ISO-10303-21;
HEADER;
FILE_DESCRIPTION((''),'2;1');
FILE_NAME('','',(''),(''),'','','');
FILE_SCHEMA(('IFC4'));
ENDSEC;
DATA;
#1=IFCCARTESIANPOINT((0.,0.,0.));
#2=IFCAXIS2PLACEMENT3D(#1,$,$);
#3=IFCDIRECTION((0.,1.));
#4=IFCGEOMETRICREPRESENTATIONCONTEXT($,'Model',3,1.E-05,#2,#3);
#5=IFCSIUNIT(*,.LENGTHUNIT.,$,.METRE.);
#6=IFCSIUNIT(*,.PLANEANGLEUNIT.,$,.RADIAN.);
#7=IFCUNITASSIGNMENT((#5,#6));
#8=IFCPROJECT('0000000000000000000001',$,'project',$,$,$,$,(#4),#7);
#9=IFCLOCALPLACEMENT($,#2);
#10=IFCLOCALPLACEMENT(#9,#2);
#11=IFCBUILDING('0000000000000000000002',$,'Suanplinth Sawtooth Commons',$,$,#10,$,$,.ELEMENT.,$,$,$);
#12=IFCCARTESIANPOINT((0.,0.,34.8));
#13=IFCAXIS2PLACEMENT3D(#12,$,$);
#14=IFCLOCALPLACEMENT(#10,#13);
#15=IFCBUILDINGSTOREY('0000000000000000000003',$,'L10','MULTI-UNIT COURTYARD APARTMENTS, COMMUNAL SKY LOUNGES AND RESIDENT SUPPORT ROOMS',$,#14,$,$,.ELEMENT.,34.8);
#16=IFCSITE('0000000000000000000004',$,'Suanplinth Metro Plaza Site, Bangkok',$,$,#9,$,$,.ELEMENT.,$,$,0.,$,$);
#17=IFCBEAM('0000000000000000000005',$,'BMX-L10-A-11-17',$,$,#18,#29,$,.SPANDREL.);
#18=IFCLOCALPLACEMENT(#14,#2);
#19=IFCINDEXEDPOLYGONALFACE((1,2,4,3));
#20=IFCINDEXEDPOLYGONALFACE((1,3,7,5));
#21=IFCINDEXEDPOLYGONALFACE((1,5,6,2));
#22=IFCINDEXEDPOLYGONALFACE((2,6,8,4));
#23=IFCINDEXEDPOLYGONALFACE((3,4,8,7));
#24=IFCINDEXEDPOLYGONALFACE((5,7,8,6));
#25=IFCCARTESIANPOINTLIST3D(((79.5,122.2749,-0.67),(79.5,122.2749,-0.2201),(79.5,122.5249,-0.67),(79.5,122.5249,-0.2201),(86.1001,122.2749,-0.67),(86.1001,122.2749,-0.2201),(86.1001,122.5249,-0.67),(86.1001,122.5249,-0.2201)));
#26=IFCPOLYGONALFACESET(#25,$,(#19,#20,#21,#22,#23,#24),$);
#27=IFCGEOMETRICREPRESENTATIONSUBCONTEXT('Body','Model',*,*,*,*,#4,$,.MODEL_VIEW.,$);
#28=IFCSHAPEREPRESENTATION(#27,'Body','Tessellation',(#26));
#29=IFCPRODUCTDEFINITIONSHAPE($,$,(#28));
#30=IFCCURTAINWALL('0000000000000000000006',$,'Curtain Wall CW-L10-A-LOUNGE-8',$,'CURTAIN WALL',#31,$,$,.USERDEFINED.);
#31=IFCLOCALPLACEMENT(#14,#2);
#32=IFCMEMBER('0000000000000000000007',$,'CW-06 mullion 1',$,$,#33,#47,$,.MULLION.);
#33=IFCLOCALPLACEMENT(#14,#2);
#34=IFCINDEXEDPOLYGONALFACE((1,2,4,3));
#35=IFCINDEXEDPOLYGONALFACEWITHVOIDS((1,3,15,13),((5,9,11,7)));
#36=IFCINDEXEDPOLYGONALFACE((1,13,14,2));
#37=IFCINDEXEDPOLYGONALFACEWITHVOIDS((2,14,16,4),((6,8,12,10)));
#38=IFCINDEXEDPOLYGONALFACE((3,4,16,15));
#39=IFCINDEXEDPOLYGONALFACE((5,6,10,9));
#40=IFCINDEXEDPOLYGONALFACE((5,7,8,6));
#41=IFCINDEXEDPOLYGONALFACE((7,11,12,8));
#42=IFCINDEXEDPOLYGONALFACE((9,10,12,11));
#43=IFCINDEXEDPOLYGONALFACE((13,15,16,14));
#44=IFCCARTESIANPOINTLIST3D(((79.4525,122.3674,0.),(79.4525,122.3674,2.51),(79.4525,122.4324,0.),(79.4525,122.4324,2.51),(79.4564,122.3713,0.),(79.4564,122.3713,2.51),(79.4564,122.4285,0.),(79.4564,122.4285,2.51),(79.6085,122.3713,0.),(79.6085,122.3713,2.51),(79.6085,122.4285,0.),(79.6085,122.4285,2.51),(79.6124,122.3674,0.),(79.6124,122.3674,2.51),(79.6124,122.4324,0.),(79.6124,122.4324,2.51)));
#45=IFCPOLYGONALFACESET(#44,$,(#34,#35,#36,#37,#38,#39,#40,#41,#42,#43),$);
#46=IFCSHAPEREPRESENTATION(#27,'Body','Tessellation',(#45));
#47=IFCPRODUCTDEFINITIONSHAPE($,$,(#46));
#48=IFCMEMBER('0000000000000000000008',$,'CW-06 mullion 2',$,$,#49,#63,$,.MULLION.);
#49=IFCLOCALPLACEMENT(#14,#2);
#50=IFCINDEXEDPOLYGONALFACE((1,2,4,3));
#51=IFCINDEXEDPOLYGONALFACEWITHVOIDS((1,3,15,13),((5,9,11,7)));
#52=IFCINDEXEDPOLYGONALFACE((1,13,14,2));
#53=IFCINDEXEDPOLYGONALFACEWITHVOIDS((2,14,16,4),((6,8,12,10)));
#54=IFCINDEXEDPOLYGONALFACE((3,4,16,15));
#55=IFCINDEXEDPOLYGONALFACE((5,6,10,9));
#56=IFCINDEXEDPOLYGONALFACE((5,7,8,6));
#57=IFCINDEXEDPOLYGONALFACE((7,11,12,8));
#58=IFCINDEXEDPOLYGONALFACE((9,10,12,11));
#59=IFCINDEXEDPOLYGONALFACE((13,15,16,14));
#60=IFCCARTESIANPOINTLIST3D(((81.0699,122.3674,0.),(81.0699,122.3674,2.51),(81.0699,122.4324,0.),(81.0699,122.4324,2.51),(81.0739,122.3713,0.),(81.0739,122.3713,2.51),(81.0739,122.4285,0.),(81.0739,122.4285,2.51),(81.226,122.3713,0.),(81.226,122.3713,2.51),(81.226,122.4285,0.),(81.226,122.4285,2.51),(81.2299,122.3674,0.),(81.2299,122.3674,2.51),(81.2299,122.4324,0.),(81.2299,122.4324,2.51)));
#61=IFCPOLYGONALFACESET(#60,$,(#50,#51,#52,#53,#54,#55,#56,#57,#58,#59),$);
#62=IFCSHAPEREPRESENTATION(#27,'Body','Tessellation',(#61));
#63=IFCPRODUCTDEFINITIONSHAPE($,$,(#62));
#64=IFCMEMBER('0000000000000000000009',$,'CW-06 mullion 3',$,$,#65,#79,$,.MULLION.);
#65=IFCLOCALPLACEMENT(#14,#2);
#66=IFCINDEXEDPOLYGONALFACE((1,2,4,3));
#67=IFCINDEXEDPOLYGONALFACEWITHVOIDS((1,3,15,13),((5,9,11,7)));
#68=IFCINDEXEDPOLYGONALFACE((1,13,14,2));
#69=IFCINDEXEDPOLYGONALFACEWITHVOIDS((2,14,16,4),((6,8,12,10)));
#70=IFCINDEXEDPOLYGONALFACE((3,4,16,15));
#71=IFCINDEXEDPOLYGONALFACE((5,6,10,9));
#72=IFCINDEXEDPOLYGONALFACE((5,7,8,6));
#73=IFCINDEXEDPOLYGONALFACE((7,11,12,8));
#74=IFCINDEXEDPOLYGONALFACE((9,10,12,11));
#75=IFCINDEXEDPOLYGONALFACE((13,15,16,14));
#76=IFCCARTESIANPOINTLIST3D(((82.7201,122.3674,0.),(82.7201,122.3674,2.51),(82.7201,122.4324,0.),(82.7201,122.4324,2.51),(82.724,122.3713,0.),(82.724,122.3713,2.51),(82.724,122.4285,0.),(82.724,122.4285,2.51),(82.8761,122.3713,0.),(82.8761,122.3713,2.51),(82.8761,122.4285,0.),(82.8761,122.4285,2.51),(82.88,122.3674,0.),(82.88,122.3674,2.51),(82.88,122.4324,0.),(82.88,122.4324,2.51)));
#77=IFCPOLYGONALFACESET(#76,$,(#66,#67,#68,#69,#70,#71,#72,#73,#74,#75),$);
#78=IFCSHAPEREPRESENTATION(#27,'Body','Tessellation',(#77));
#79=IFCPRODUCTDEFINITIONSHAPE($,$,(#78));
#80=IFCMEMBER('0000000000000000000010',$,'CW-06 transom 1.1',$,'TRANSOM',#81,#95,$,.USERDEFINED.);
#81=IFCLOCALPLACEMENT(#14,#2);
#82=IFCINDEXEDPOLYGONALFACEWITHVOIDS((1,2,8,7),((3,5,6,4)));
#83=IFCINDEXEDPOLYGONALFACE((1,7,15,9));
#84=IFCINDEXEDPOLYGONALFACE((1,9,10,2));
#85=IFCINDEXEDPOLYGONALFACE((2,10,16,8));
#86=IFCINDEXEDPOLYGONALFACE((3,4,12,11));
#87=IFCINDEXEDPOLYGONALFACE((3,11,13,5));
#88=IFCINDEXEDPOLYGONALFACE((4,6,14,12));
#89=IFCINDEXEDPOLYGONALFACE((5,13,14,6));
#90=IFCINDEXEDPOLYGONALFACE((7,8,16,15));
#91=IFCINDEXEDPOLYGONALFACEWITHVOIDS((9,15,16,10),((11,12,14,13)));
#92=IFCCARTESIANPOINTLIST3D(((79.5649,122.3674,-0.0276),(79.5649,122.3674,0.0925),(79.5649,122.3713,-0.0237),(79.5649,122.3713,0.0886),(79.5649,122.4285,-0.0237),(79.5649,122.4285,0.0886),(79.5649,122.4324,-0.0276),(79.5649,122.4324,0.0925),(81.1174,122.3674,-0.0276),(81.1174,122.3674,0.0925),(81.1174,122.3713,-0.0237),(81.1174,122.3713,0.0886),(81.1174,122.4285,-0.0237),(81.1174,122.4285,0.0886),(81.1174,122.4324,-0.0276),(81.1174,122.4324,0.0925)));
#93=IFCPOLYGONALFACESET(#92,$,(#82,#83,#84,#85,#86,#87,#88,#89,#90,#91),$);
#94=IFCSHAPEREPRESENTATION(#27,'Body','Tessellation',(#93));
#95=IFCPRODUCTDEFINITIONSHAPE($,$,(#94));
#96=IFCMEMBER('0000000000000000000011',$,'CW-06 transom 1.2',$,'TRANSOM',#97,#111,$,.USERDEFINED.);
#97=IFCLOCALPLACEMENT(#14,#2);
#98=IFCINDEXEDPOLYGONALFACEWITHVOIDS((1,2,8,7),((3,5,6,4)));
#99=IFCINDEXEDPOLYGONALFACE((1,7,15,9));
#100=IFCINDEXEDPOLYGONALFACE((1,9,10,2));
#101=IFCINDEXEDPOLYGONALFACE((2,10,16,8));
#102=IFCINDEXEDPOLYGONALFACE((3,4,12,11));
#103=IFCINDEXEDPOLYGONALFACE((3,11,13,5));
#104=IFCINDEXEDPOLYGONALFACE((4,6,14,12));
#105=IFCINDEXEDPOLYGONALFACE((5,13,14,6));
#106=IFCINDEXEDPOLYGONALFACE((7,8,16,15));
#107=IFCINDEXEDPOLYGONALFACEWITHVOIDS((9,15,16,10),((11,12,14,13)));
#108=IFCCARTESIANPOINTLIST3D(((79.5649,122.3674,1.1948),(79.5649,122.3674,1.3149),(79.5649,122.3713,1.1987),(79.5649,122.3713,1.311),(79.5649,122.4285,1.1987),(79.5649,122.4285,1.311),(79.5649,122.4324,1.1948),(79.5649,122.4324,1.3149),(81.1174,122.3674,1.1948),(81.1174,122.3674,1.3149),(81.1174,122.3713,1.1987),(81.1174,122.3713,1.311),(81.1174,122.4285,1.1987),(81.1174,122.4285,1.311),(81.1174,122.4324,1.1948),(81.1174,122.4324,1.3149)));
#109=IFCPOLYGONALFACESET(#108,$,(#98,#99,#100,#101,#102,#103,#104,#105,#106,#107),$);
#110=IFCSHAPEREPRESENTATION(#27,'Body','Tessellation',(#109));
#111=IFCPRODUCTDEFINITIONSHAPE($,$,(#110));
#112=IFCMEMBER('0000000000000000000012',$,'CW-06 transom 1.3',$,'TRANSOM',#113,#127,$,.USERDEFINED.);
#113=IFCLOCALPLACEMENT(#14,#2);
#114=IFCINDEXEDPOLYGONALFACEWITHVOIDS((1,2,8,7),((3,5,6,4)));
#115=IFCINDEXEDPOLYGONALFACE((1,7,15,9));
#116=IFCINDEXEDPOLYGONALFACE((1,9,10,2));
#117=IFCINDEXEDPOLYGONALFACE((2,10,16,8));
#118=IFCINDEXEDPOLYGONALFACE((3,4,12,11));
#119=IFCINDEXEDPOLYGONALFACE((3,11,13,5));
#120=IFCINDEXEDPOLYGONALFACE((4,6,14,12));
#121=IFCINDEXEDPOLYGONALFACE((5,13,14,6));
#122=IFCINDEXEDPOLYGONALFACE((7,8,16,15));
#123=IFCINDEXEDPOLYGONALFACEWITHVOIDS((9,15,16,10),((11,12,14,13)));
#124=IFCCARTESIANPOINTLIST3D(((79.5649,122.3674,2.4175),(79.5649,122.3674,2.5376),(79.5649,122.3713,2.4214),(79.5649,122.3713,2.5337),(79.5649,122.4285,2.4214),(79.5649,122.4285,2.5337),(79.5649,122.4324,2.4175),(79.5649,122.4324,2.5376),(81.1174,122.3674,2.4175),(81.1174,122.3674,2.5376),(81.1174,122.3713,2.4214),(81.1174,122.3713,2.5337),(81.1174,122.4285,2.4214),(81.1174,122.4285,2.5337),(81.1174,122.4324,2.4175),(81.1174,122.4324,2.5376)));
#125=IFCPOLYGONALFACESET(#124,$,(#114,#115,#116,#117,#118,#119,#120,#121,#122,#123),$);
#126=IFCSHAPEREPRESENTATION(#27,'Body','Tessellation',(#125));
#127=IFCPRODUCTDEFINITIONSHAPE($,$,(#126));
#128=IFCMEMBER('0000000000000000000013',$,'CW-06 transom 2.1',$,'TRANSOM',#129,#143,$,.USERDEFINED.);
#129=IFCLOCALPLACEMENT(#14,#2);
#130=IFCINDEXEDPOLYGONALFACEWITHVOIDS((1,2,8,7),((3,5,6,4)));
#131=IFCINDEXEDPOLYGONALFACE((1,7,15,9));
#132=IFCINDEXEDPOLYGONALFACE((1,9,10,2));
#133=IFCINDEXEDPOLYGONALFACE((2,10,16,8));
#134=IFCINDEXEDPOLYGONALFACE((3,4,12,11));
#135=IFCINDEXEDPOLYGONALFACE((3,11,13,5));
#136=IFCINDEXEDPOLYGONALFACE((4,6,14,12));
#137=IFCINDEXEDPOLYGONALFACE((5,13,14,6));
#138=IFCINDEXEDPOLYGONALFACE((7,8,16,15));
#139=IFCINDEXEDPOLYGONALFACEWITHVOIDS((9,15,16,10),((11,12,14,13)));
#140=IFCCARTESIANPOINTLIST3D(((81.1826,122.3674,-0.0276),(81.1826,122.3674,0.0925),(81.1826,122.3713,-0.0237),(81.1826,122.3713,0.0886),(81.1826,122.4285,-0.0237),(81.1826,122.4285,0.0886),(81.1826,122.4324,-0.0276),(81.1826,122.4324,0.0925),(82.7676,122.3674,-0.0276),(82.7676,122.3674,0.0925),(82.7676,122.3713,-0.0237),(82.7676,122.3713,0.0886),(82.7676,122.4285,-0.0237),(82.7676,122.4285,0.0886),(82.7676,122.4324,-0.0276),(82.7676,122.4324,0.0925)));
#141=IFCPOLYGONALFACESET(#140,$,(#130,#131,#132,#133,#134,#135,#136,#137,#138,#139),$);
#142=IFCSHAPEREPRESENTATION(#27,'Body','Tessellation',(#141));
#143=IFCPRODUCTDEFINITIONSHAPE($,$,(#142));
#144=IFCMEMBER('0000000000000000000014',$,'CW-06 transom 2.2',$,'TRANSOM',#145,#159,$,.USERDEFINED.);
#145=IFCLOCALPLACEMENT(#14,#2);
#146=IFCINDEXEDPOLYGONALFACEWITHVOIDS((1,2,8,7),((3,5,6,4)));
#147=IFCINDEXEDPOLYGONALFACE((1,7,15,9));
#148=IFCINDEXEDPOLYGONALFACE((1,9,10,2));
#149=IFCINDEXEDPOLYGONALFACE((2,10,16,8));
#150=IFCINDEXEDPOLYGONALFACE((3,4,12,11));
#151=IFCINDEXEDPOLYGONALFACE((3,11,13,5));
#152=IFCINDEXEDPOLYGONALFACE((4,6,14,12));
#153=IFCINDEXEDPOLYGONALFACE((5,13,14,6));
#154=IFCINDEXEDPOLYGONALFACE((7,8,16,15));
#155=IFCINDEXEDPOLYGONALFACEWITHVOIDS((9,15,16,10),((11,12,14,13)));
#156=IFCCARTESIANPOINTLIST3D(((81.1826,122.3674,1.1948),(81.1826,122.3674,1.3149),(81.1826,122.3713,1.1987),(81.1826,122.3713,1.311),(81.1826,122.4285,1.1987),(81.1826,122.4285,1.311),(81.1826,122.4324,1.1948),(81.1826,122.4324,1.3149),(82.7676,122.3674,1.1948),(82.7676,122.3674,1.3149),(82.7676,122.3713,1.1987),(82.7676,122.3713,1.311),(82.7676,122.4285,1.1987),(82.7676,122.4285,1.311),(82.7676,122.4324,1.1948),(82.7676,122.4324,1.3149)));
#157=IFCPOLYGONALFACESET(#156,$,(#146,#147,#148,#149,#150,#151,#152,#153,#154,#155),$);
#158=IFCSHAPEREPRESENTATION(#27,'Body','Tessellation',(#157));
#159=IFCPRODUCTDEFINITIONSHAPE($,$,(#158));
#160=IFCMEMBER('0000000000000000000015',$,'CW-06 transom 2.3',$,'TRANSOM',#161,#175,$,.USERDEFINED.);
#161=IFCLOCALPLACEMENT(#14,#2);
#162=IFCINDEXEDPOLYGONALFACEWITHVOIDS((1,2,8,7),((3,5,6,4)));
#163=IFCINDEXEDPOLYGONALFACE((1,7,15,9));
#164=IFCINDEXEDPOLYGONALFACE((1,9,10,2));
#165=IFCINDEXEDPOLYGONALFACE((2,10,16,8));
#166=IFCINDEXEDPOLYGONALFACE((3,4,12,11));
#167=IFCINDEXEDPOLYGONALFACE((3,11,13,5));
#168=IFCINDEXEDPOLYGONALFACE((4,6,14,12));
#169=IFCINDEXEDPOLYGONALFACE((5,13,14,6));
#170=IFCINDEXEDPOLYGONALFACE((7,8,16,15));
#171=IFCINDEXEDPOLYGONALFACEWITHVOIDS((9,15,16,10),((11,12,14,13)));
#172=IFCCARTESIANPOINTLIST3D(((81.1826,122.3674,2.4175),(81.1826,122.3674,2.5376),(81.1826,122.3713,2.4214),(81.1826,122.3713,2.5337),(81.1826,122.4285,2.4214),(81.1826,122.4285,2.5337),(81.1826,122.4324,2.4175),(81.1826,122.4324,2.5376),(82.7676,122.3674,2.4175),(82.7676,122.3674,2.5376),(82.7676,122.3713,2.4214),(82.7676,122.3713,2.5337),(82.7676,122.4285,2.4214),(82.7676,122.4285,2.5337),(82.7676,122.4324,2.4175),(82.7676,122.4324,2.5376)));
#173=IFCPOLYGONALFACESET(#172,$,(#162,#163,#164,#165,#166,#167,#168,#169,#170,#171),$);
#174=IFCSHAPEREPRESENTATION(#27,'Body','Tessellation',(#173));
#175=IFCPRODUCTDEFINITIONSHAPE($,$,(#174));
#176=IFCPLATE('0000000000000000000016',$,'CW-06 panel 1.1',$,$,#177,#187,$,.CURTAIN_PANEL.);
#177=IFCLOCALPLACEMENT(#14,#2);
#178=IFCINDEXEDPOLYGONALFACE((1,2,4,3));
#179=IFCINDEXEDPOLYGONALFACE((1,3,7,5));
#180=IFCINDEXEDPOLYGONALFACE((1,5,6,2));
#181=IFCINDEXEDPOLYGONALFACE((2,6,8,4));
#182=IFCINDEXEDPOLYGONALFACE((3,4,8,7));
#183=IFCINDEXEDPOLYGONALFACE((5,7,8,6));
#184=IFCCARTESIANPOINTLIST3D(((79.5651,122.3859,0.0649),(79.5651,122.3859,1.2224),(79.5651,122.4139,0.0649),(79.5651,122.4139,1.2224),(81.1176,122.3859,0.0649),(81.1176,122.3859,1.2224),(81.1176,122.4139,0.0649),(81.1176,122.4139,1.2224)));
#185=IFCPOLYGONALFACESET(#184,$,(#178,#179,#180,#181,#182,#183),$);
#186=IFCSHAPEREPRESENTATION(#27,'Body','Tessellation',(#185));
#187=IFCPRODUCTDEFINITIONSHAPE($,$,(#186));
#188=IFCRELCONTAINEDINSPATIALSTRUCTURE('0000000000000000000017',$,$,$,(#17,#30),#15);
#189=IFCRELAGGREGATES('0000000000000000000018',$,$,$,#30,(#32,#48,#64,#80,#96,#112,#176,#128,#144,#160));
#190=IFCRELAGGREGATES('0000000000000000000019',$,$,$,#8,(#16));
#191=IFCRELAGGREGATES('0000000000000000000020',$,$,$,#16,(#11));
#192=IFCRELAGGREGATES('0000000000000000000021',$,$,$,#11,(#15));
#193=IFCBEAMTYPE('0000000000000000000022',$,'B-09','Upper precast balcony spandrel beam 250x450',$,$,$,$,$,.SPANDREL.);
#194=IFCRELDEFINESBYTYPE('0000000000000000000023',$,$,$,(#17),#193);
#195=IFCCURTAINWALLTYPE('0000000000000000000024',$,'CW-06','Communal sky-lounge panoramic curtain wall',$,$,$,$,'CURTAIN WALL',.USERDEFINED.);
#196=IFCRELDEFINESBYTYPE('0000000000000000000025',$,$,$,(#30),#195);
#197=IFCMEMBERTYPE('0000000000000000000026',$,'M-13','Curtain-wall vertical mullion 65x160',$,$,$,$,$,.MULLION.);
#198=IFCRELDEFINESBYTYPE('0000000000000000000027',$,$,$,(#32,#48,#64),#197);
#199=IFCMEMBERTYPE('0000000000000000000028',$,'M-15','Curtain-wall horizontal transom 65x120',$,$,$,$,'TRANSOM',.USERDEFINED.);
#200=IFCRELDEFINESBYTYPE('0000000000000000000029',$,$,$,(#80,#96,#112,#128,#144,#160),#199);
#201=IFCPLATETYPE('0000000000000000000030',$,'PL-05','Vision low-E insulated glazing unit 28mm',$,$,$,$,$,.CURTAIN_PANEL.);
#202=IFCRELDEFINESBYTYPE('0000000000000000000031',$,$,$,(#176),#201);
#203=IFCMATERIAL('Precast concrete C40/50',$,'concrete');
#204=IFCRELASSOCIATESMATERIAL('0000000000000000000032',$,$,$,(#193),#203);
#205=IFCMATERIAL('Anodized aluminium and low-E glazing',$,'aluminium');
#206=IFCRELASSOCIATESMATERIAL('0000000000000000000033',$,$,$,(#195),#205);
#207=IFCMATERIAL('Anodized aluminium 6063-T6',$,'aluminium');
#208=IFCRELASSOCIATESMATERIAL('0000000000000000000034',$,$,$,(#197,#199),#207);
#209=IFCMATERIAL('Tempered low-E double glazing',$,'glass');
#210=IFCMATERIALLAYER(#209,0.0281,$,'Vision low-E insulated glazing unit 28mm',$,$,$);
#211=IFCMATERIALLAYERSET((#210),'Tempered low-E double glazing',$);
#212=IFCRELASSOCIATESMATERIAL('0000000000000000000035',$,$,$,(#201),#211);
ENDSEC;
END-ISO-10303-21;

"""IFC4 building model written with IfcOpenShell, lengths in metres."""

from ifc_helpers import new_model, si_unit, direction, frame, origin, origin_2d, place, context, subcontext, project, spatial, rectangle, hollow_rectangle, extrude, material, layer, layer_set, material_profile, profile_set, type_object, element, aggregate, save


model = new_model("IFC4")

# Units and contexts
model_context = context("Model", 3, precision=1e-05, world=origin(), true_north=direction((0.0, 1.0)))
body_context = subcontext(model_context, "Body", "Model", "MODEL_VIEW")
ifc_project = project(units=[si_unit("LENGTHUNIT", "METRE"), si_unit("PLANEANGLEUNIT", "RADIAN")], contexts=[model_context])

# Site, building, storey
site_placement = place(None, origin())
site = spatial("IfcSite", under=ifc_project, at=site_placement, Name="Suanplinth Metro Plaza Site, Bangkok", CompositionType="ELEMENT", RefElevation=0.0)
building_placement = place(site_placement, origin())
building = spatial("IfcBuilding", under=site, at=building_placement, Name="Suanplinth Sawtooth Commons", CompositionType="ELEMENT")
storey_placement = place(building_placement, frame((0.0, 0.0, 34.8)))
storey = spatial("IfcBuildingStorey", under=building, at=storey_placement, Name="L10", Description="MULTI-UNIT COURTYARD APARTMENTS, COMMUNAL SKY LOUNGES AND RESIDENT SUPPORT ROOMS", CompositionType="ELEMENT", Elevation=34.8)

# Beam
ifc_material_1 = material(Name="Precast concrete C40/50", Category="concrete")
ifc_material_profile_1 = material_profile(ifc_material_1, rectangle(XDim=0.25, YDim=0.45, at=origin_2d()), Name="PC-SP 250x450")
ifc_profile_set_1 = profile_set([ifc_material_profile_1], Name="Precast concrete C40/50")
beam_type = type_object("IfcBeamType", Name="B-09", Description="Upper precast balcony spandrel beam 250x450", PredefinedType="SPANDREL", material=ifc_profile_set_1)
beam_placement = place(storey_placement, frame((79.5, 122.3999, -0.4451), z_axis=(1.0, 0.0, 0.0), x_axis=(0.0, 1.0, 0.0)))
element("IfcBeam", 1, at=beam_placement, inside=storey, type_object=beam_type, Name="BMX-L10-A-11-17", PredefinedType="SPANDREL", context=body_context, shape_type="SweptSolid", body=[
    extrude(rectangle(XDim=0.25, YDim=0.45, at=origin_2d()), origin(), (0.0, 0.0, 1.0), 6.6001),
])

# Curtain wall, members, plate
ifc_material_2 = material(Name="Anodized aluminium and low-E glazing", Category="aluminium")
curtain_wall_type = type_object("IfcCurtainWallType", Name="CW-06", Description="Communal sky-lounge panoramic curtain wall", ElementType="CURTAIN WALL", PredefinedType="USERDEFINED", material=ifc_material_2)
curtain_wall_placement = place(storey_placement, origin())
curtain_wall = element("IfcCurtainWall", 2, at=curtain_wall_placement, inside=storey, type_object=curtain_wall_type, Name="Curtain Wall CW-L10-A-LOUNGE-8", ObjectType="CURTAIN WALL", PredefinedType="USERDEFINED")
ifc_material_3 = material(Name="Anodized aluminium 6063-T6", Category="aluminium")
ifc_material_profile_2 = material_profile(ifc_material_3, hollow_rectangle(XDim=0.0649, YDim=0.1599, WallThickness=0.0039, at=origin_2d()), Name="ALU-MUL 65x160")
ifc_profile_set_2 = profile_set([ifc_material_profile_2], Name="Anodized aluminium 6063-T6")
member_type_1 = type_object("IfcMemberType", Name="M-13", Description="Curtain-wall vertical mullion 65x160", PredefinedType="MULLION", material=ifc_profile_set_2)
member_1_placement = place(storey_placement, frame((79.5325, 122.3999, 0.0), z_axis=(0.0, 0.0, 1.0), x_axis=(0.0, 1.0, 0.0)))
member_1 = element("IfcMember", 3, at=member_1_placement, type_object=member_type_1, Name="CW-06 mullion 1", PredefinedType="MULLION", context=body_context, shape_type="SweptSolid", body=[
    extrude(hollow_rectangle(XDim=0.0649, YDim=0.1599, WallThickness=0.0039, at=origin_2d()), origin(), (0.0, 0.0, 1.0), 2.51),
])
member_2_placement = place(storey_placement, frame((81.1499, 122.3999, 0.0), z_axis=(0.0, 0.0, 1.0), x_axis=(0.0, 1.0, 0.0)))
member_2 = element("IfcMember", 4, at=member_2_placement, type_object=member_type_1, Name="CW-06 mullion 2", PredefinedType="MULLION", context=body_context, shape_type="SweptSolid", body=[
    extrude(hollow_rectangle(XDim=0.0649, YDim=0.1599, WallThickness=0.0039, at=origin_2d()), origin(), (0.0, 0.0, 1.0), 2.51),
])
member_3_placement = place(storey_placement, frame((82.8, 122.3999, 0.0), z_axis=(0.0, 0.0, 1.0), x_axis=(0.0, 1.0, 0.0)))
member_3 = element("IfcMember", 5, at=member_3_placement, type_object=member_type_1, Name="CW-06 mullion 3", PredefinedType="MULLION", context=body_context, shape_type="SweptSolid", body=[
    extrude(hollow_rectangle(XDim=0.0649, YDim=0.1599, WallThickness=0.0039, at=origin_2d()), origin(), (0.0, 0.0, 1.0), 2.51),
])
ifc_material_profile_3 = material_profile(ifc_material_3, hollow_rectangle(XDim=0.0649, YDim=0.1201, WallThickness=0.0039, at=origin_2d()), Name="ALU-TRN 65x120")
ifc_profile_set_3 = profile_set([ifc_material_profile_3], Name="Anodized aluminium 6063-T6")
member_type_2 = type_object("IfcMemberType", Name="M-15", Description="Curtain-wall horizontal transom 65x120", ElementType="TRANSOM", PredefinedType="USERDEFINED", material=ifc_profile_set_3)
member_4_placement = place(storey_placement, frame((79.5649, 122.3999, 0.0325), z_axis=(1.0, 0.0, 0.0), x_axis=(0.0, 1.0, 0.0)))
member_4 = element("IfcMember", 6, at=member_4_placement, type_object=member_type_2, Name="CW-06 transom 1.1", ObjectType="TRANSOM", PredefinedType="USERDEFINED", context=body_context, shape_type="SweptSolid", body=[
    extrude(hollow_rectangle(XDim=0.0649, YDim=0.1201, WallThickness=0.0039, at=origin_2d()), origin(), (0.0, 0.0, 1.0), 1.5525),
])
member_5_placement = place(storey_placement, frame((79.5649, 122.3999, 1.2549), z_axis=(1.0, 0.0, 0.0), x_axis=(0.0, 1.0, 0.0)))
member_5 = element("IfcMember", 7, at=member_5_placement, type_object=member_type_2, Name="CW-06 transom 1.2", ObjectType="TRANSOM", PredefinedType="USERDEFINED", context=body_context, shape_type="SweptSolid", body=[
    extrude(hollow_rectangle(XDim=0.0649, YDim=0.1201, WallThickness=0.0039, at=origin_2d()), origin(), (0.0, 0.0, 1.0), 1.5525),
])
member_6_placement = place(storey_placement, frame((79.5649, 122.3999, 2.4775), z_axis=(1.0, 0.0, 0.0), x_axis=(0.0, 1.0, 0.0)))
member_6 = element("IfcMember", 8, at=member_6_placement, type_object=member_type_2, Name="CW-06 transom 1.3", ObjectType="TRANSOM", PredefinedType="USERDEFINED", context=body_context, shape_type="SweptSolid", body=[
    extrude(hollow_rectangle(XDim=0.0649, YDim=0.1201, WallThickness=0.0039, at=origin_2d()), origin(), (0.0, 0.0, 1.0), 1.5525),
])
member_7_placement = place(storey_placement, frame((81.1826, 122.3999, 0.0325), z_axis=(1.0, 0.0, 0.0), x_axis=(0.0, 1.0, 0.0)))
member_7 = element("IfcMember", 9, at=member_7_placement, type_object=member_type_2, Name="CW-06 transom 2.1", ObjectType="TRANSOM", PredefinedType="USERDEFINED", context=body_context, shape_type="SweptSolid", body=[
    extrude(hollow_rectangle(XDim=0.0649, YDim=0.1201, WallThickness=0.0039, at=origin_2d()), origin(), (0.0, 0.0, 1.0), 1.585),
])
member_8_placement = place(storey_placement, frame((81.1826, 122.3999, 1.2549), z_axis=(1.0, 0.0, 0.0), x_axis=(0.0, 1.0, 0.0)))
member_8 = element("IfcMember", 10, at=member_8_placement, type_object=member_type_2, Name="CW-06 transom 2.2", ObjectType="TRANSOM", PredefinedType="USERDEFINED", context=body_context, shape_type="SweptSolid", body=[
    extrude(hollow_rectangle(XDim=0.0649, YDim=0.1201, WallThickness=0.0039, at=origin_2d()), origin(), (0.0, 0.0, 1.0), 1.585),
])
member_9_placement = place(storey_placement, frame((81.1826, 122.3999, 2.4775), z_axis=(1.0, 0.0, 0.0), x_axis=(0.0, 1.0, 0.0)))
member_9 = element("IfcMember", 11, at=member_9_placement, type_object=member_type_2, Name="CW-06 transom 2.3", ObjectType="TRANSOM", PredefinedType="USERDEFINED", context=body_context, shape_type="SweptSolid", body=[
    extrude(hollow_rectangle(XDim=0.0649, YDim=0.1201, WallThickness=0.0039, at=origin_2d()), origin(), (0.0, 0.0, 1.0), 1.585),
])
ifc_material_4 = material(Name="Tempered low-E double glazing", Category="glass")
ifc_layer_1 = layer(ifc_material_4, 0.0281, Name="Vision low-E insulated glazing unit 28mm")
ifc_layer_set_1 = layer_set([ifc_layer_1], Name="Tempered low-E double glazing")
plate_type = type_object("IfcPlateType", Name="PL-05", Description="Vision low-E insulated glazing unit 28mm", PredefinedType="CURTAIN_PANEL", material=ifc_layer_set_1)
plate_1_placement = place(storey_placement, frame((80.3413, 122.3999, 0.0649), z_axis=(0.0, 0.0, 1.0), x_axis=(1.0, 0.0, 0.0)))
plate_1 = element("IfcPlate", 12, at=plate_1_placement, type_object=plate_type, Name="CW-06 panel 1.1", PredefinedType="CURTAIN_PANEL", context=body_context, shape_type="SweptSolid", body=[
    extrude(rectangle(XDim=1.5525, YDim=0.0281, at=origin_2d()), origin(), (0.0, 0.0, 1.0), 1.1575),
])
aggregate(curtain_wall, [member_1, member_2, member_3, member_4, member_5, member_6, plate_1, member_7, member_8, member_9])

save(model, "model.ifc")
